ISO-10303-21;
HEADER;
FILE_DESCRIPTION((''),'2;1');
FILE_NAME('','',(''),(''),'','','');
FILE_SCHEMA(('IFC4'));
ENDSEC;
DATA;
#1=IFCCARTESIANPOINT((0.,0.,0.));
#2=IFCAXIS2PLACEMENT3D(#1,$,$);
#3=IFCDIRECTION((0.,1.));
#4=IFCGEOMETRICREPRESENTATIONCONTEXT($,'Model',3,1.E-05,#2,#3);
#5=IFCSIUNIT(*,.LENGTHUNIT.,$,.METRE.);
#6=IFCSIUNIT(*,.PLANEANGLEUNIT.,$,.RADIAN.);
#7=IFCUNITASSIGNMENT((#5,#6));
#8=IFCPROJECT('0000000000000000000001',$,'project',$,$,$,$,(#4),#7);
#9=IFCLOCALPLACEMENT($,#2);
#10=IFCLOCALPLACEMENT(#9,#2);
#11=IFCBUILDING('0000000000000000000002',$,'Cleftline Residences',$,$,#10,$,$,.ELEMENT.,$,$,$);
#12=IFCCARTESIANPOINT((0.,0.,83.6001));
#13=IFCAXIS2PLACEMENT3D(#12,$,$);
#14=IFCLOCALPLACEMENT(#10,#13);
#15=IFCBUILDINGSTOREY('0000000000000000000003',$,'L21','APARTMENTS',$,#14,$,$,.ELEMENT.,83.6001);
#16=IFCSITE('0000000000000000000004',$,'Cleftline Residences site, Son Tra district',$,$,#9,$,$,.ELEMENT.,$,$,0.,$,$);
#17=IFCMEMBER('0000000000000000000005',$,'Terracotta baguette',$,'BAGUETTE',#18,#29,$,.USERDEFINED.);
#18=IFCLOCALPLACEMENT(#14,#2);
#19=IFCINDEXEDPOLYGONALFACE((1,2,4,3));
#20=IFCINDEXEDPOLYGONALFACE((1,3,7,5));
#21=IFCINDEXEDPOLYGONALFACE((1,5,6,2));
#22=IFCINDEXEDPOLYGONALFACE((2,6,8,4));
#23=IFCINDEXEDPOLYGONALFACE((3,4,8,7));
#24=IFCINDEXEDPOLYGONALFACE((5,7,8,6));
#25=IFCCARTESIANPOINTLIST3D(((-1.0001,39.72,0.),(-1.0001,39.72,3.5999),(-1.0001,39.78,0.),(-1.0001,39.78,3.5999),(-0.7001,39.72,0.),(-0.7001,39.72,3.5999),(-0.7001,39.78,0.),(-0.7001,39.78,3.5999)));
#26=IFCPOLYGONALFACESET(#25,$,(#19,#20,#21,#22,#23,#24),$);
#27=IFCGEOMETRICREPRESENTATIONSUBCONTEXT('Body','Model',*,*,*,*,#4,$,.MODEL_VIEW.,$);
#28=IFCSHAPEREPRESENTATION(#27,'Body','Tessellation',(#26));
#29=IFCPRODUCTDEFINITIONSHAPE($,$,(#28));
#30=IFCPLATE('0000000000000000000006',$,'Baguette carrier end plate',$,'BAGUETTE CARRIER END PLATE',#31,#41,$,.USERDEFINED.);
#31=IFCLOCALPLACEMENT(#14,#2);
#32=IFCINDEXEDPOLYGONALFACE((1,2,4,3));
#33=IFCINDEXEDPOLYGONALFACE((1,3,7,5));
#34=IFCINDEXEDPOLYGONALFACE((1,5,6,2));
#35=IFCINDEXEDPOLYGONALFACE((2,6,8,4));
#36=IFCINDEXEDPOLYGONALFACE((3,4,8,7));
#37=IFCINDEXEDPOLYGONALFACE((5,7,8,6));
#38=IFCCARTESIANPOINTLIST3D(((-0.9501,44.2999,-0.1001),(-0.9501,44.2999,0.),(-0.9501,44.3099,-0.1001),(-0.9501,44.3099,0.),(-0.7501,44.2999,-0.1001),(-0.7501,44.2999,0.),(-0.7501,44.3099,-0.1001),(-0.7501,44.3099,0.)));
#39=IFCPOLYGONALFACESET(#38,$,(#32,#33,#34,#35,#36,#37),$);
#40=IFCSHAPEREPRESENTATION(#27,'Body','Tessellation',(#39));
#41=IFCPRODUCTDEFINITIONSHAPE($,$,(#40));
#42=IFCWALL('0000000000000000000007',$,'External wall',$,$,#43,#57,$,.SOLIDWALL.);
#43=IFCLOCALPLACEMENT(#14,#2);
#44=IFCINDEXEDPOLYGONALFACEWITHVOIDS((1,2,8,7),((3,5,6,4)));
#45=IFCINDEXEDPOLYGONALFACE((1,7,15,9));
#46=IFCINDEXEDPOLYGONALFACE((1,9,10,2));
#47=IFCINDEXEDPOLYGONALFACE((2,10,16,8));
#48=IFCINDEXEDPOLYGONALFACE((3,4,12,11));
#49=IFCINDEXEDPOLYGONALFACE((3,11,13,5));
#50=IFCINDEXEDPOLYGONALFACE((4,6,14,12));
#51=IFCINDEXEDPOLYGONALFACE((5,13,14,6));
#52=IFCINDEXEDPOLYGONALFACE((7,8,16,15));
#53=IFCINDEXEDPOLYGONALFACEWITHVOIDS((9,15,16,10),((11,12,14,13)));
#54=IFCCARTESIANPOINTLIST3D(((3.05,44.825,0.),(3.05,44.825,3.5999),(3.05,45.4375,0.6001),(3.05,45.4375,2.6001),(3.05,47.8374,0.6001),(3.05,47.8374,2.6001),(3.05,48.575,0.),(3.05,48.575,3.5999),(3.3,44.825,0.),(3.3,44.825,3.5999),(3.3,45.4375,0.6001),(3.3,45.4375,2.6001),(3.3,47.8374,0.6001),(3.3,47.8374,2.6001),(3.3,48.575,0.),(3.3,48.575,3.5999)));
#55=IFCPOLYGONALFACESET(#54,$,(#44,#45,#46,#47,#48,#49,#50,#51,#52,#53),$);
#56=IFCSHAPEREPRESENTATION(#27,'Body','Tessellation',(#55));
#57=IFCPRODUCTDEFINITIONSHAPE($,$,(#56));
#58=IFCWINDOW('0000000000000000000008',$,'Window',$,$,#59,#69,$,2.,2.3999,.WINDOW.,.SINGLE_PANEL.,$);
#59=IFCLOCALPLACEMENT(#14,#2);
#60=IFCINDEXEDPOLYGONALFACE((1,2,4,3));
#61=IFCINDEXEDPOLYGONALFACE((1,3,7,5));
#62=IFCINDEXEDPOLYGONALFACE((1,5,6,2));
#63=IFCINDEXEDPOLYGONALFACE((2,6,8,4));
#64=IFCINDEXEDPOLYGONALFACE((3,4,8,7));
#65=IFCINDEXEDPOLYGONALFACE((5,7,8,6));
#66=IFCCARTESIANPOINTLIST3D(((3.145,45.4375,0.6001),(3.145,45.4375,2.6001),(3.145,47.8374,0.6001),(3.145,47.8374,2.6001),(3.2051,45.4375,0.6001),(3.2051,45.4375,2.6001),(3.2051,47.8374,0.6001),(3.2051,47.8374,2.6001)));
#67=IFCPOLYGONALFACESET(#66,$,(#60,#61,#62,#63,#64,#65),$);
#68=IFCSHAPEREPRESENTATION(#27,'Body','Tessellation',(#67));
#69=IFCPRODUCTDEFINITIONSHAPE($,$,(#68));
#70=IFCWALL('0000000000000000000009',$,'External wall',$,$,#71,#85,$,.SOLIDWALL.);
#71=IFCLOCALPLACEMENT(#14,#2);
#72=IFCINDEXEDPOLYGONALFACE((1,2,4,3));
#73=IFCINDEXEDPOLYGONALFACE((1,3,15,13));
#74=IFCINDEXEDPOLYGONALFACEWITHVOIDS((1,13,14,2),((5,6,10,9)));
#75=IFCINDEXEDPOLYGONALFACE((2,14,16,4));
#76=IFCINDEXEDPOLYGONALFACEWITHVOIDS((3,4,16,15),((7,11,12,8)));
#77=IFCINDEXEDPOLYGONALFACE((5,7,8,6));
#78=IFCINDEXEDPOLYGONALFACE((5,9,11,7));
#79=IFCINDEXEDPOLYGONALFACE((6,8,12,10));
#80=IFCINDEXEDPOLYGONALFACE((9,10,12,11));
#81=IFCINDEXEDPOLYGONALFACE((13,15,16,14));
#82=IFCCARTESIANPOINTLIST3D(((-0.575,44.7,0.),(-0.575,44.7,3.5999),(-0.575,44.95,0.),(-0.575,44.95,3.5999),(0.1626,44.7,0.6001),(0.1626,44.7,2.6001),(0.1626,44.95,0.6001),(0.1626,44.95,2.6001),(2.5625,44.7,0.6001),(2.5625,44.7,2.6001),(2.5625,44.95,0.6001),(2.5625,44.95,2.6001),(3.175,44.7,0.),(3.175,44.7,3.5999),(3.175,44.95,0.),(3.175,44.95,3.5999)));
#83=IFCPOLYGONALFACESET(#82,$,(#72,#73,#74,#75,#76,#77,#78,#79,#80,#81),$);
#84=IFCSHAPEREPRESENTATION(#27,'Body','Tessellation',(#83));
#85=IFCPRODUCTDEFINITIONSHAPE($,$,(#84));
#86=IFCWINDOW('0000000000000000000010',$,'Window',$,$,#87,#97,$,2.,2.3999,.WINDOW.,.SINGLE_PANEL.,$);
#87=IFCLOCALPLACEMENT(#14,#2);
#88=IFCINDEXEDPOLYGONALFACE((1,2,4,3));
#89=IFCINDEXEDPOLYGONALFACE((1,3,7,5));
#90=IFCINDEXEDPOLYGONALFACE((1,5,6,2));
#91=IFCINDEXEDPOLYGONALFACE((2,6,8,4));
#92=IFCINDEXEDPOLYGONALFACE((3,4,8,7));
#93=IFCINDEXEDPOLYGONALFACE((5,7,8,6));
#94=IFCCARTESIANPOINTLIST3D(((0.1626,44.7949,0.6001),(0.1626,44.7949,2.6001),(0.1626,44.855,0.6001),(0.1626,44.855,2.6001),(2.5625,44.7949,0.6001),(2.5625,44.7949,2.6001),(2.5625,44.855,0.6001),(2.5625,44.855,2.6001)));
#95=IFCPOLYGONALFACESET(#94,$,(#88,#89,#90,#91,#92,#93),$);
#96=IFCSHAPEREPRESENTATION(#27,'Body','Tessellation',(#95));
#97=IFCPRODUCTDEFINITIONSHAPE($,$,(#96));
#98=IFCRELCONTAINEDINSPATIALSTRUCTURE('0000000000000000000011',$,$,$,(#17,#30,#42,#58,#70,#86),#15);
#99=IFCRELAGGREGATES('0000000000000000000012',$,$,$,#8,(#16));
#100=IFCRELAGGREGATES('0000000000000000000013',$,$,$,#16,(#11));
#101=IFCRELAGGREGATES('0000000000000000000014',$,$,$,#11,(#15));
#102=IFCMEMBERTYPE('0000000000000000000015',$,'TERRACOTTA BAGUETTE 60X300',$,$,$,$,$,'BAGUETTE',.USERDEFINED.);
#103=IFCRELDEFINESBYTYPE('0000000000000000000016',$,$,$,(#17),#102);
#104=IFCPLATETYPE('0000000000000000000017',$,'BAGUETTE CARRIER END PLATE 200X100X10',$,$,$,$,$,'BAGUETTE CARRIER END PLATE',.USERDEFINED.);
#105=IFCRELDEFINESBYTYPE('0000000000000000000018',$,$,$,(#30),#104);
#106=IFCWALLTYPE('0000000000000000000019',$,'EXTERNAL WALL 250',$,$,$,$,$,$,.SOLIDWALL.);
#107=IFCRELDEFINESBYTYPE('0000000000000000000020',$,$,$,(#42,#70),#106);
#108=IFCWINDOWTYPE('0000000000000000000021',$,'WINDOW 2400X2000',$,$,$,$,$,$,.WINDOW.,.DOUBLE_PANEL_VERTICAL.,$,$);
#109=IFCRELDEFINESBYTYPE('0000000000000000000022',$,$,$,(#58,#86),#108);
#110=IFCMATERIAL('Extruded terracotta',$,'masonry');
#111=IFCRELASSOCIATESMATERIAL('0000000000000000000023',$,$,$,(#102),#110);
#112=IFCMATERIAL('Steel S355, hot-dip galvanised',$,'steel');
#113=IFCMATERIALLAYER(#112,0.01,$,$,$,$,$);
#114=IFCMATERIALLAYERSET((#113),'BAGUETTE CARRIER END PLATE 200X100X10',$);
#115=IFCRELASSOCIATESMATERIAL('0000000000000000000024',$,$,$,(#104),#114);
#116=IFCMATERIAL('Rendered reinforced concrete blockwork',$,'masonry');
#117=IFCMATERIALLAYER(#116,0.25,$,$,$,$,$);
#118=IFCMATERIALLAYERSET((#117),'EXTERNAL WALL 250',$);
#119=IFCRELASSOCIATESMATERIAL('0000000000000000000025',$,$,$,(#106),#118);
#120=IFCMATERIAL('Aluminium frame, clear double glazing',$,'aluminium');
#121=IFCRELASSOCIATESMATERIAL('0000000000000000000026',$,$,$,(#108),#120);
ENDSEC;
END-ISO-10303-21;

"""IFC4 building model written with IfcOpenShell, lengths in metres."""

from ifc_helpers import new_model, si_unit, direction, frame, frame_2d, origin, origin_2d, place, context, subcontext, project, spatial, rectangle, extrude, material, layer, layer_set, material_profile, profile_set, type_object, element, fill, save


model = new_model("IFC4")

# Units and contexts
model_context = context("Model", 3, precision=1e-05, world=origin(), true_north=direction((0.0, 1.0)))
body_context = subcontext(model_context, "Body", "Model", "MODEL_VIEW")
ifc_project = project(units=[si_unit("LENGTHUNIT", "METRE"), si_unit("PLANEANGLEUNIT", "RADIAN")], contexts=[model_context])

# Site, building, storey
site_placement = place(None, origin())
site = spatial("IfcSite", under=ifc_project, at=site_placement, Name="Cleftline Residences site, Son Tra district", CompositionType="ELEMENT", RefElevation=0.0)
building_placement = place(site_placement, origin())
building = spatial("IfcBuilding", under=site, at=building_placement, Name="Cleftline Residences", CompositionType="ELEMENT")
storey_placement = place(building_placement, frame((0.0, 0.0, 83.6001)))
storey = spatial("IfcBuildingStorey", under=building, at=storey_placement, Name="L21", Description="APARTMENTS", CompositionType="ELEMENT", Elevation=83.6001)

# Member
ifc_material_1 = material(Name="Extruded terracotta", Category="masonry")
ifc_material_profile_1 = material_profile(ifc_material_1, rectangle(XDim=0.0601, YDim=0.3, at=origin_2d()))
ifc_profile_set_1 = profile_set([ifc_material_profile_1], Name="Extruded terracotta")
member_type_1 = type_object("IfcMemberType", Name="TERRACOTTA BAGUETTE 60X300", ElementType="BAGUETTE", PredefinedType="USERDEFINED", material=ifc_profile_set_1)
for number, where, z_axis, x_axis, name in (
    (1, (-0.8501, 39.75, 0.0), (0.0, 0.0, 1.0), (0.0, 1.0, 0.0), "Terracotta baguette"),
):
    element("IfcMember", number, at=place(storey_placement, frame(where, z_axis=z_axis, x_axis=x_axis)), inside=storey, type_object=member_type_1, Name=name, ObjectType="BAGUETTE", PredefinedType="USERDEFINED", context=body_context, shape_type="SweptSolid", body=[
        extrude(rectangle(XDim=0.0601, YDim=0.3, at=origin_2d()), origin(), (0.0, 0.0, 1.0), 3.5999),
    ])

# Plate
ifc_material_2 = material(Name="Steel S355, hot-dip galvanised", Category="steel")
ifc_layer_1 = layer(ifc_material_2, 0.01)
ifc_layer_set_1 = layer_set([ifc_layer_1], Name="BAGUETTE CARRIER END PLATE 200X100X10")
plate_type = type_object("IfcPlateType", Name="BAGUETTE CARRIER END PLATE 200X100X10", ElementType="BAGUETTE CARRIER END PLATE", PredefinedType="USERDEFINED", material=ifc_layer_set_1)
plate_placement = place(storey_placement, frame((-0.8501, 44.3049, -0.1001), z_axis=(0.0, 0.0, 1.0), x_axis=(-1.0, 0.0, 0.0)))
element("IfcPlate", 2, at=plate_placement, inside=storey, type_object=plate_type, Name="Baguette carrier end plate", ObjectType="BAGUETTE CARRIER END PLATE", PredefinedType="USERDEFINED", context=body_context, shape_type="SweptSolid", body=[
    extrude(rectangle(XDim=0.2, YDim=0.01, at=origin_2d()), origin(), (0.0, 0.0, 1.0), 0.1001),
])

# Walls, openings, windows
ifc_material_3 = material(Name="Rendered reinforced concrete blockwork", Category="masonry")
ifc_layer_2 = layer(ifc_material_3, 0.25)
ifc_layer_set_2 = layer_set([ifc_layer_2], Name="EXTERNAL WALL 250")
wall_type_1 = type_object("IfcWallType", Name="EXTERNAL WALL 250", PredefinedType="SOLIDWALL", material=ifc_layer_set_2)
wall_1_placement = place(storey_placement, frame((3.175, 48.575, 0.0), z_axis=(0.0, 0.0, 1.0), x_axis=(0.0, -1.0, 0.0)))
wall_1 = element("IfcWall", 3, at=wall_1_placement, inside=storey, type_object=wall_type_1, Name="External wall", PredefinedType="SOLIDWALL", context=body_context, shape_type="SweptSolid", body=[
    extrude(rectangle(XDim=3.75, YDim=0.25, at=frame_2d((1.875, 0.0))), origin(), (0.0, 0.0, 1.0), 3.5999),
])
opening_1_placement = place(wall_1_placement, frame((0.7375, 0.0, 0.6001)))
opening_1 = element("IfcOpeningElement", 4, at=opening_1_placement, cuts=wall_1, PredefinedType="OPENING", context=body_context, shape_type="SweptSolid", body=[
    extrude(rectangle(XDim=2.3999, YDim=2.0, at=frame_2d((1.2, 1.0))), frame((0.0, 0.135, 0.0), z_axis=(0.0, -1.0, 0.0), x_axis=(1.0, 0.0, 0.0)), (0.0, 0.0, 1.0), 0.27),
])
ifc_material_4 = material(Name="Aluminium frame, clear double glazing", Category="aluminium")
window_type_1 = type_object("IfcWindowType", Name="WINDOW 2400X2000", PartitioningType="DOUBLE_PANEL_VERTICAL", PredefinedType="WINDOW", material=ifc_material_4)
window_1_placement = place(opening_1_placement, origin())
window_1 = element("IfcWindow", 5, at=window_1_placement, inside=storey, type_object=window_type_1, Name="Window", OverallHeight=2.0, OverallWidth=2.3999, PartitioningType="SINGLE_PANEL", PredefinedType="WINDOW", context=body_context, shape_type="SweptSolid", body=[
    extrude(rectangle(XDim=2.3999, YDim=2.0, at=frame_2d((1.2, 1.0))), frame((0.0, 0.03, 0.0), z_axis=(0.0, -1.0, 0.0), x_axis=(1.0, 0.0, 0.0)), (0.0, 0.0, 1.0), 0.0601),
])
fill(opening_1, window_1)
wall_2_placement = place(storey_placement, frame((3.175, 44.825, 0.0), z_axis=(0.0, 0.0, 1.0), x_axis=(-1.0, 0.0, 0.0)))
wall_2 = element("IfcWall", 6, at=wall_2_placement, inside=storey, type_object=wall_type_1, Name="External wall", PredefinedType="SOLIDWALL", context=body_context, shape_type="SweptSolid", body=[
    extrude(rectangle(XDim=3.75, YDim=0.25, at=frame_2d((1.875, 0.0))), origin(), (0.0, 0.0, 1.0), 3.5999),
])
opening_2_placement = place(wall_2_placement, frame((0.6125, 0.0, 0.6001)))
opening_2 = element("IfcOpeningElement", 7, at=opening_2_placement, cuts=wall_2, PredefinedType="OPENING", context=body_context, shape_type="SweptSolid", body=[
    extrude(rectangle(XDim=2.3999, YDim=2.0, at=frame_2d((1.2, 1.0))), frame((0.0, 0.135, 0.0), z_axis=(0.0, -1.0, 0.0), x_axis=(1.0, 0.0, 0.0)), (0.0, 0.0, 1.0), 0.27),
])
window_2_placement = place(opening_2_placement, origin())
window_2 = element("IfcWindow", 8, at=window_2_placement, inside=storey, type_object=window_type_1, Name="Window", OverallHeight=2.0, OverallWidth=2.3999, PartitioningType="SINGLE_PANEL", PredefinedType="WINDOW", context=body_context, shape_type="SweptSolid", body=[
    extrude(rectangle(XDim=2.3999, YDim=2.0, at=frame_2d((1.2, 1.0))), frame((0.0, 0.03, 0.0), z_axis=(0.0, -1.0, 0.0), x_axis=(1.0, 0.0, 0.0)), (0.0, 0.0, 1.0), 0.0601),
])
fill(opening_2, window_2)

save(model, "model.ifc")
